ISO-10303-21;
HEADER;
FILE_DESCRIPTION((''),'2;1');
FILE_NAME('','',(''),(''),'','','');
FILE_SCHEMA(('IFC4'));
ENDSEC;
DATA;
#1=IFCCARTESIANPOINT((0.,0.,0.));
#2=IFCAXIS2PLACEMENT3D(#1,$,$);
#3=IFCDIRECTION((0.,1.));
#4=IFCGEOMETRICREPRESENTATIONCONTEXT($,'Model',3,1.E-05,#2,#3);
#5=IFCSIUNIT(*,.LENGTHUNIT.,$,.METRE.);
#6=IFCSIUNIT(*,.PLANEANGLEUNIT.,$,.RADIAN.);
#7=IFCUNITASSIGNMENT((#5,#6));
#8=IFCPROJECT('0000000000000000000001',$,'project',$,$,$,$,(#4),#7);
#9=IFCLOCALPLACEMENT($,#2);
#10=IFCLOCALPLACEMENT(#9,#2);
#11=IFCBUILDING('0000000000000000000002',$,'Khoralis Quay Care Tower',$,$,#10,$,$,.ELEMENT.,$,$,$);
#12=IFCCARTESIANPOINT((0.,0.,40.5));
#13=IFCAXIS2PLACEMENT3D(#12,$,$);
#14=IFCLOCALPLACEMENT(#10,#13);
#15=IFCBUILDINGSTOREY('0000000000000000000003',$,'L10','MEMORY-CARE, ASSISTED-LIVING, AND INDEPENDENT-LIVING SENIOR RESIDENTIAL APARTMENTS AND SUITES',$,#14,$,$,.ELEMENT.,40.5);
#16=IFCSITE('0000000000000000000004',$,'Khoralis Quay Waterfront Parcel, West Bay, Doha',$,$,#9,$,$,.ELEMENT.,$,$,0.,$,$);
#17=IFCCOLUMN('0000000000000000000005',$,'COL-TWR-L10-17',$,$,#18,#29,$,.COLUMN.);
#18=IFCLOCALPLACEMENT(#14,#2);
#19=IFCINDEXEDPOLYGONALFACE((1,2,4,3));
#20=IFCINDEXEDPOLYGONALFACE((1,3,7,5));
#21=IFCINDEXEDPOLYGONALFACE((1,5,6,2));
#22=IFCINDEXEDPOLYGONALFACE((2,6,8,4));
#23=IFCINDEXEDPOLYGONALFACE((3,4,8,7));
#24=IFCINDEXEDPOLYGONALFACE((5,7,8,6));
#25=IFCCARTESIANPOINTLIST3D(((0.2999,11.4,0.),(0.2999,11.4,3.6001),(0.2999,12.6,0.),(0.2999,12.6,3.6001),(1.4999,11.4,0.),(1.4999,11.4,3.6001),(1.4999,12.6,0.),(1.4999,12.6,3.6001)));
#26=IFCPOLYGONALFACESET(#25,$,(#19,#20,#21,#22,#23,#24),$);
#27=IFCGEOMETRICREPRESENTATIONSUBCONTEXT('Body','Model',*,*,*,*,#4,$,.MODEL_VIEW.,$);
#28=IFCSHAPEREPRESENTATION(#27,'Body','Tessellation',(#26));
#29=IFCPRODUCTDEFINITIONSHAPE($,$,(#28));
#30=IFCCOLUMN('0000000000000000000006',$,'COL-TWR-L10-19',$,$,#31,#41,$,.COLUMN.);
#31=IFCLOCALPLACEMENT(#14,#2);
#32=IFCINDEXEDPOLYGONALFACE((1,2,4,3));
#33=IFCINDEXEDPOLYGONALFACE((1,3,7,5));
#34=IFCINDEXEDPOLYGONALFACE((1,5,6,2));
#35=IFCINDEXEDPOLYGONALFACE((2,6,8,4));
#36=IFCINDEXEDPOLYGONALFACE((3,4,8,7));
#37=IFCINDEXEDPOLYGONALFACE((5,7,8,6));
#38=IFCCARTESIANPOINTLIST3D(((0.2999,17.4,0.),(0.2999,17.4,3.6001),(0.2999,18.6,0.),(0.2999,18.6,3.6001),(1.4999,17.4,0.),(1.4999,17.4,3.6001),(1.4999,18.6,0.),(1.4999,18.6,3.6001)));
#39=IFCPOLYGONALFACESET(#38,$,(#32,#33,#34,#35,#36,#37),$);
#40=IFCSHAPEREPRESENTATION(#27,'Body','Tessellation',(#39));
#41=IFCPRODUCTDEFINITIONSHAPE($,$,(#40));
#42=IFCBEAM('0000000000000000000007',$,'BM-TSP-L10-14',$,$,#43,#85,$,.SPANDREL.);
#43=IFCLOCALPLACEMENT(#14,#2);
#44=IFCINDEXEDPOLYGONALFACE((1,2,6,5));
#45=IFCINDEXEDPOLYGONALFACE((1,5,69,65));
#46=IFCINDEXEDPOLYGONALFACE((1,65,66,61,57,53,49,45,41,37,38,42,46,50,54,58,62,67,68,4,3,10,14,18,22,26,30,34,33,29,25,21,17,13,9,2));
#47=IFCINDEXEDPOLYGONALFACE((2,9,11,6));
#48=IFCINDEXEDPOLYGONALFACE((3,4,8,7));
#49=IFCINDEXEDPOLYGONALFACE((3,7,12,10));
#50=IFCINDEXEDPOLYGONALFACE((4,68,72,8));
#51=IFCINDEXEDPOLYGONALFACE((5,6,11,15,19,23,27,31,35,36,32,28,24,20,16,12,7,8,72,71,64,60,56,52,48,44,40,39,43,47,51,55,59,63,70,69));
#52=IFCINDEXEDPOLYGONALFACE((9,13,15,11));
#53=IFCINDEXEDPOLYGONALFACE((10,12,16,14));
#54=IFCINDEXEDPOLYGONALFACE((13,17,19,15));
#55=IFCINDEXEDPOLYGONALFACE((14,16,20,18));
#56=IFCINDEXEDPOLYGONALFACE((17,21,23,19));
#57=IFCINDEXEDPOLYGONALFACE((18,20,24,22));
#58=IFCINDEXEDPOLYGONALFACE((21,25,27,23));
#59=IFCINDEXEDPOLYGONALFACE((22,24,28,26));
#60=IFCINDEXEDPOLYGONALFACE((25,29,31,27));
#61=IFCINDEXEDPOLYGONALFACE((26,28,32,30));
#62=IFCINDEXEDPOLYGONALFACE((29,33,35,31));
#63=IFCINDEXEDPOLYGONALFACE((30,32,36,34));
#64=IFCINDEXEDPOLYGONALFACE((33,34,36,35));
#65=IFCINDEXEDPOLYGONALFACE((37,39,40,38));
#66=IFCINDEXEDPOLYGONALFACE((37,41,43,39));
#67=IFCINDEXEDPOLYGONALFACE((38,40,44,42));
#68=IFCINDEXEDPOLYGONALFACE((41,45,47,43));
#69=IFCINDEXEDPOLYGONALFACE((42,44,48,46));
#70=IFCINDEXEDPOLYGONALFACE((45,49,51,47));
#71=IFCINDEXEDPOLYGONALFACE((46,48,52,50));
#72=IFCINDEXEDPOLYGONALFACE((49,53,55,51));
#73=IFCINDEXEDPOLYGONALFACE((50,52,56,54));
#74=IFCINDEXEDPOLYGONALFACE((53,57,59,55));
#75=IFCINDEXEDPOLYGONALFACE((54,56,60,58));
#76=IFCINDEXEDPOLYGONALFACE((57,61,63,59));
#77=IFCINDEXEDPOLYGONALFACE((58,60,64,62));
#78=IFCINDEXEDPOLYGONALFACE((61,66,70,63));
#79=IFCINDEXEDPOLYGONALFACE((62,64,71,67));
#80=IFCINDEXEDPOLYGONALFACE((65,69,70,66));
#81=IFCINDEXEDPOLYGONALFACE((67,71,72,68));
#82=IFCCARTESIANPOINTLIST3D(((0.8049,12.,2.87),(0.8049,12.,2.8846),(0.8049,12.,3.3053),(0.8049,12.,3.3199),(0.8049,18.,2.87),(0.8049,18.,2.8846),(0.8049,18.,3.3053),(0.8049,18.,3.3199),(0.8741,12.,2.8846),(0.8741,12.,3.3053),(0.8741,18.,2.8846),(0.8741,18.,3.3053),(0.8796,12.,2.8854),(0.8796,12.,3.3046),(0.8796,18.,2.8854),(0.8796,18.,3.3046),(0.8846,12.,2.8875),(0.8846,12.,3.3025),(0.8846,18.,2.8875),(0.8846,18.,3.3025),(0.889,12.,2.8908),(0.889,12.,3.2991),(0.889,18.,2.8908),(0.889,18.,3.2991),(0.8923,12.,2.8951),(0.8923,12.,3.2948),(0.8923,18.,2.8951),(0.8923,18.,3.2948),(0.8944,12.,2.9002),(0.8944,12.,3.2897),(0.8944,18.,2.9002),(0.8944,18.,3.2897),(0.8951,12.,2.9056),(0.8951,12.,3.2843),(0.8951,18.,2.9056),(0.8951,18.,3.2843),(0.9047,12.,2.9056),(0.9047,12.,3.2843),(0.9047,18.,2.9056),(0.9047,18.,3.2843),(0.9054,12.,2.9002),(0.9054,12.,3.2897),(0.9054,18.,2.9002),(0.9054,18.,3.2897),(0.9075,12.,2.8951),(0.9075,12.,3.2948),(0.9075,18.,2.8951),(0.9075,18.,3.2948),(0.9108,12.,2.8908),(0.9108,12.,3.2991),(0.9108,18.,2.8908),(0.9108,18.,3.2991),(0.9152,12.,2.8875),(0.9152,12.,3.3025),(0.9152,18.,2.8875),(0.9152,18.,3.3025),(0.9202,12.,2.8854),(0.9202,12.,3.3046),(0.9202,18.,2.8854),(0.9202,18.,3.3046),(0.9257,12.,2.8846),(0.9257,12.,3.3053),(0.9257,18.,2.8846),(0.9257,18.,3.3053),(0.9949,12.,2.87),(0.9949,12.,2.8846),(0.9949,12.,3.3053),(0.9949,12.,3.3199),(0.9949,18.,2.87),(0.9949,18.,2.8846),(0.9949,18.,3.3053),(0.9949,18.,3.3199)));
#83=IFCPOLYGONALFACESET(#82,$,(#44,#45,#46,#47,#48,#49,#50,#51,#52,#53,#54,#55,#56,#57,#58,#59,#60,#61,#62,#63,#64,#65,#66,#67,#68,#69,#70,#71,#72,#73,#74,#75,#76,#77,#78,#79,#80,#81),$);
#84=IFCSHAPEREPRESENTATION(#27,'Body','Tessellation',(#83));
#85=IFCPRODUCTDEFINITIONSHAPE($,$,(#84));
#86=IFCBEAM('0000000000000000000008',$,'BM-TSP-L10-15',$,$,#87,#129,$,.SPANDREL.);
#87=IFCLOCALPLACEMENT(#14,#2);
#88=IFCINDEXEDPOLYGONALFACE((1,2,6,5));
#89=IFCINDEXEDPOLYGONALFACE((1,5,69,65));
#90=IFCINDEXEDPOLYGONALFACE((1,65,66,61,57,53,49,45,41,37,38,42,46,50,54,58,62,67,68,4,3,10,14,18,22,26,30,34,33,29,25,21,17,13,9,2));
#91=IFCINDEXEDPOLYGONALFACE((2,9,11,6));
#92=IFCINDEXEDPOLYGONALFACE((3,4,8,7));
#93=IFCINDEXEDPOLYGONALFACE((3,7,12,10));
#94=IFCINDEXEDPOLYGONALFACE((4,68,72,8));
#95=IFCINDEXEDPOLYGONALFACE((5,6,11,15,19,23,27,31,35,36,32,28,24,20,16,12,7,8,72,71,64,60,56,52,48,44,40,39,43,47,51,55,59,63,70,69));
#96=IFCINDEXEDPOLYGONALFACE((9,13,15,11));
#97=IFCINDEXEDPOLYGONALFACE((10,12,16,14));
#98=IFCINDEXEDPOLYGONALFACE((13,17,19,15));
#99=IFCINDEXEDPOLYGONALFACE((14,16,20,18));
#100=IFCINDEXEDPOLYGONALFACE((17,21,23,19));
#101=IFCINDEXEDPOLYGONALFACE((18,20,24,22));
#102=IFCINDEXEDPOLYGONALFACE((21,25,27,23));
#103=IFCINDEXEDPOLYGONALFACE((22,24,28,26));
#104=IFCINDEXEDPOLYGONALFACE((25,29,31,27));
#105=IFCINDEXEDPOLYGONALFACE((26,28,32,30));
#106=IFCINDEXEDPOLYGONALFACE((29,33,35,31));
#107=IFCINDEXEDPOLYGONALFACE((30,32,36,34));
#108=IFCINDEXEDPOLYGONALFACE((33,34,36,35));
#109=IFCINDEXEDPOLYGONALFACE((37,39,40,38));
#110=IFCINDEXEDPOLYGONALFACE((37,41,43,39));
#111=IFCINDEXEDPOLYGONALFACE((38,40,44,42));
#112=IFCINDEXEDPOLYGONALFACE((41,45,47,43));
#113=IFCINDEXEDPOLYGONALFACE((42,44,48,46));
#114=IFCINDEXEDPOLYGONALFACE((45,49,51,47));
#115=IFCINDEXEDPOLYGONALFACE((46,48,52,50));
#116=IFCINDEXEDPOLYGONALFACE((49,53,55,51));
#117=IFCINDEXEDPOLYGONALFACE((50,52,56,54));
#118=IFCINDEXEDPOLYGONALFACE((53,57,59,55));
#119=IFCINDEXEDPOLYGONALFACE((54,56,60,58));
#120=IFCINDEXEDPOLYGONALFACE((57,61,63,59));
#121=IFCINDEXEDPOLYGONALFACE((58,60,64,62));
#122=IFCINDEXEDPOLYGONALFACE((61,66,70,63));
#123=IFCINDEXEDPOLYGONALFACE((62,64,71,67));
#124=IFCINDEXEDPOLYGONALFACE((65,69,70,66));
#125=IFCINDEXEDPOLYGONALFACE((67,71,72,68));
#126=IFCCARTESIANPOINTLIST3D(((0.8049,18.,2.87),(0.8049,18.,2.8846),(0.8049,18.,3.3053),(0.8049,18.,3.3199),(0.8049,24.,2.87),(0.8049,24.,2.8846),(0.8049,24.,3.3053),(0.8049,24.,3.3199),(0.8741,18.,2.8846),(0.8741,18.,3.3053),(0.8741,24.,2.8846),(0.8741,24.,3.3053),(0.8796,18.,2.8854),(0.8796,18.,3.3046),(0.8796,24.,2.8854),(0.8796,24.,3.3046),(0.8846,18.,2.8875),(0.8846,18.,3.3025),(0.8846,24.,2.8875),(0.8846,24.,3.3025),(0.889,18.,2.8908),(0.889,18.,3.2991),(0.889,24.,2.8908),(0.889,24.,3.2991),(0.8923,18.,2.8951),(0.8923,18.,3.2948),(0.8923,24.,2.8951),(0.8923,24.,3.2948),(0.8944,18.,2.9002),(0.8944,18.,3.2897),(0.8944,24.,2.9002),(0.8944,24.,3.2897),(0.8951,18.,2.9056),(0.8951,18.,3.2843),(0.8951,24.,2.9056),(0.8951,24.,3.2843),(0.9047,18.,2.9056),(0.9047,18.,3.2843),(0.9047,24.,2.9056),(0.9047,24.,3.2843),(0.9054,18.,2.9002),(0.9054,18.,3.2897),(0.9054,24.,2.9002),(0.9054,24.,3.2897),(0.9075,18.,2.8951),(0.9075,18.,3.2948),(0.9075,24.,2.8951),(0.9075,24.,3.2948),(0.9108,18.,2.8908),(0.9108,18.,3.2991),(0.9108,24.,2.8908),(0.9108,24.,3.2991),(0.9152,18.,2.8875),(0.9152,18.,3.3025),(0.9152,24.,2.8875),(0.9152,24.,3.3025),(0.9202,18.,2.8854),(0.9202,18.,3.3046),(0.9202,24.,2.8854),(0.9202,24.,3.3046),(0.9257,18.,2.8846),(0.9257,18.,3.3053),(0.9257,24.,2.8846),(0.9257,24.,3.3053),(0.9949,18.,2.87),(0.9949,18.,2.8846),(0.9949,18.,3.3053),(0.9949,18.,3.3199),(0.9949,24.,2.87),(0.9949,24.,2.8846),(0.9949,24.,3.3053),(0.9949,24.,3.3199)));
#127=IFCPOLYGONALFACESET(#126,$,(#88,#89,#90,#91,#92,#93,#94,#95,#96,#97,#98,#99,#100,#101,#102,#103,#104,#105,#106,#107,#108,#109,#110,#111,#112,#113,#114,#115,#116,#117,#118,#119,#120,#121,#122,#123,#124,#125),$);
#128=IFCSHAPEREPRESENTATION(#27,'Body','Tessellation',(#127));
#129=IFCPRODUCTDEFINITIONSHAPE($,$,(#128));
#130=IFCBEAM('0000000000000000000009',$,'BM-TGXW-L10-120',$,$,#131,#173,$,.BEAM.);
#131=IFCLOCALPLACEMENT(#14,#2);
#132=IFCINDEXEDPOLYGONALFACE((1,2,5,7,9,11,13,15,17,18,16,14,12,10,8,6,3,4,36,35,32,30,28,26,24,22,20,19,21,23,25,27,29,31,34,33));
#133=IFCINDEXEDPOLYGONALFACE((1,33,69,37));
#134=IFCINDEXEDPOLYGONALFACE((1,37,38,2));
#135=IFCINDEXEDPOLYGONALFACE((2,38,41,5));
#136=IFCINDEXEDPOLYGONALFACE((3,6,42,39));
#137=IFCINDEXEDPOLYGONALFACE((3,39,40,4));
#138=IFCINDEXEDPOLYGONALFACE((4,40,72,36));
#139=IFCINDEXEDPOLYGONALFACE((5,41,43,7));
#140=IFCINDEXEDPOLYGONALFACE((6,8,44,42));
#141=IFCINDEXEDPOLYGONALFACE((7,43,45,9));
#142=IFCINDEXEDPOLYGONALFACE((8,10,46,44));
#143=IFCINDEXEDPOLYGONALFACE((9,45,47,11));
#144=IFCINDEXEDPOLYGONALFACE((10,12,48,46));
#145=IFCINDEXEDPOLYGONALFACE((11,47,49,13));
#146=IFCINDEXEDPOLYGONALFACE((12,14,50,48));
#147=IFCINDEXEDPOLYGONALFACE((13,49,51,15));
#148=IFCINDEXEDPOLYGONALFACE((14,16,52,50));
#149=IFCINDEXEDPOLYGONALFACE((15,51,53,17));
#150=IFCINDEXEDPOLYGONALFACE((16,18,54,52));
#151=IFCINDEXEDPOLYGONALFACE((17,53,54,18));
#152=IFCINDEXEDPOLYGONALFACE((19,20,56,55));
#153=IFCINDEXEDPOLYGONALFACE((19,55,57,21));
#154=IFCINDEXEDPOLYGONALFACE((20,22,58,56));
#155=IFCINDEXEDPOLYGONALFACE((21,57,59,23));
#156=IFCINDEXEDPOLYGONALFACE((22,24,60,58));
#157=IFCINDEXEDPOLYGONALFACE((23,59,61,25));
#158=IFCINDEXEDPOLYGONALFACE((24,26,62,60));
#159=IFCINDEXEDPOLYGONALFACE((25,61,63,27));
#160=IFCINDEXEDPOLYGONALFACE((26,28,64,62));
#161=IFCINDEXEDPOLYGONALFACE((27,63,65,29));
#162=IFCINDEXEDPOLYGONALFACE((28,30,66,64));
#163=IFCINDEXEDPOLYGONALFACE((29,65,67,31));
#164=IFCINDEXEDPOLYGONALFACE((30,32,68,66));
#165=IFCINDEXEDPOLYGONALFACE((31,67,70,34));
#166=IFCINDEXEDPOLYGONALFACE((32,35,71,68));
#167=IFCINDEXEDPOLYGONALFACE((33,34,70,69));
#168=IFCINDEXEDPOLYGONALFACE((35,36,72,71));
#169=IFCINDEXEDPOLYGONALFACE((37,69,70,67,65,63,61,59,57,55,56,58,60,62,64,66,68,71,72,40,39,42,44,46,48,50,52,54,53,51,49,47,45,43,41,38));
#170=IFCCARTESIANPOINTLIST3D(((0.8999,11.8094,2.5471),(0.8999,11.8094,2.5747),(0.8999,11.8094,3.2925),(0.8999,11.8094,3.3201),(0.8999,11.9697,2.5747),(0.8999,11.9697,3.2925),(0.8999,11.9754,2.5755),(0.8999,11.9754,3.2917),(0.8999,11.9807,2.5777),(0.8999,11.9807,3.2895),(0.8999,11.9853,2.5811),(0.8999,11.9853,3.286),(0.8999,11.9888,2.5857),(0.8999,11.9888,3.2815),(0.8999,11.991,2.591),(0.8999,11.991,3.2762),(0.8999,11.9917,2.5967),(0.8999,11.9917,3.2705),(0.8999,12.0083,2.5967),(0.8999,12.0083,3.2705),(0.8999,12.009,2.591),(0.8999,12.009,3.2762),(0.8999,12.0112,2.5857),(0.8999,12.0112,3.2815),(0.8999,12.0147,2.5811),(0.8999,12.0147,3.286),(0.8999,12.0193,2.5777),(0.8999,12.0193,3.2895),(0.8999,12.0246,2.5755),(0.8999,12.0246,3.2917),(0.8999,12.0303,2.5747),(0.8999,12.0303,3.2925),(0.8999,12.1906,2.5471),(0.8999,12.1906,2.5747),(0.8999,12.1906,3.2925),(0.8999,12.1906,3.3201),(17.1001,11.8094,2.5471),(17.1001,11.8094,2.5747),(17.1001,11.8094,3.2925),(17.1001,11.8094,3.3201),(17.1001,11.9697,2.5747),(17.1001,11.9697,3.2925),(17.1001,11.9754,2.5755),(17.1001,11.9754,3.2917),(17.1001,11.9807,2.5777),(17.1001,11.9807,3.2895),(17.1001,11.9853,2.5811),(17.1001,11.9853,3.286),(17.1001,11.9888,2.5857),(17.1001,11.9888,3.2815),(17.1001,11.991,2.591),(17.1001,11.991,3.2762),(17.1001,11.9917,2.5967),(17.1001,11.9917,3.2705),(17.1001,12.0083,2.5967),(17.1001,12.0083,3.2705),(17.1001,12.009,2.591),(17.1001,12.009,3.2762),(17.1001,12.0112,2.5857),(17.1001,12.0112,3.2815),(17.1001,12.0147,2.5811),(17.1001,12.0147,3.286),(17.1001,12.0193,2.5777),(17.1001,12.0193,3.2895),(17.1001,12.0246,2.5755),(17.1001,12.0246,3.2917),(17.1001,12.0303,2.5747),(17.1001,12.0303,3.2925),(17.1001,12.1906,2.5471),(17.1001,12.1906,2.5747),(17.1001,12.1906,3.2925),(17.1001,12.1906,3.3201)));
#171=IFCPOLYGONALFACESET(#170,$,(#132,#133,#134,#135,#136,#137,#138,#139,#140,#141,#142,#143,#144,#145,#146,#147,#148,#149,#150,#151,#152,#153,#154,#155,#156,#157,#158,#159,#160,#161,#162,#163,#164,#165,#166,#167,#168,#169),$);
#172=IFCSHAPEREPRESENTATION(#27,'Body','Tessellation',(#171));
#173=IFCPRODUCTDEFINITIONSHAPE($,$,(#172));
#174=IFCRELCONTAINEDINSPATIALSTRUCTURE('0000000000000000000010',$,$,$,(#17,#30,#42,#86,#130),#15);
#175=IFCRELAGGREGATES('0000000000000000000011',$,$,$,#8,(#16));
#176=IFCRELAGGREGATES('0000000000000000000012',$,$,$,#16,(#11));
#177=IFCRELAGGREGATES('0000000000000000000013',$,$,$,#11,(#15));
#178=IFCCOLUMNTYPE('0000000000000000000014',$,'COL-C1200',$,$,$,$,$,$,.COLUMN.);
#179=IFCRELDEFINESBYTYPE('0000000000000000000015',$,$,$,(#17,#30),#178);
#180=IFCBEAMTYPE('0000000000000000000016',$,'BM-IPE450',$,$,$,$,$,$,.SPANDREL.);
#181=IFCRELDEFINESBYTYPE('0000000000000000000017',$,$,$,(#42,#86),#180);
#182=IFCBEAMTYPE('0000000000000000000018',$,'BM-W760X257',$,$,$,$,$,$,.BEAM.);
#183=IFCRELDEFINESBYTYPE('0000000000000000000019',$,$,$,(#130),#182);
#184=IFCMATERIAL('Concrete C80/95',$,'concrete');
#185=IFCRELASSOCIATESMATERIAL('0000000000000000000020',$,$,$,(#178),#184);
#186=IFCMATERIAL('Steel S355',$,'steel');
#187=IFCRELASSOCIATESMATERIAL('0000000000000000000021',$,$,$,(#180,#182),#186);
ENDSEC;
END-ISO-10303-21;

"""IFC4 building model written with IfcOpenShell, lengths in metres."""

from ifc_helpers import new_model, si_unit, direction, frame, origin, origin_2d, place, context, subcontext, project, spatial, rectangle, i_section, extrude, source, transform, mapped, material, material_profile, profile_set, type_object, element, save


model = new_model("IFC4")

# Units and contexts
model_context = context("Model", 3, precision=1e-05, world=origin(), true_north=direction((0.0, 1.0)))
body_context = subcontext(model_context, "Body", "Model", "MODEL_VIEW")
ifc_project = project(units=[si_unit("LENGTHUNIT", "METRE"), si_unit("PLANEANGLEUNIT", "RADIAN")], contexts=[model_context])

# Site, building, storey
site_placement = place(None, origin())
site = spatial("IfcSite", under=ifc_project, at=site_placement, Name="Khoralis Quay Waterfront Parcel, West Bay, Doha", CompositionType="ELEMENT", RefElevation=0.0)
building_placement = place(site_placement, origin())
building = spatial("IfcBuilding", under=site, at=building_placement, Name="Khoralis Quay Care Tower", CompositionType="ELEMENT")
storey_placement = place(building_placement, frame((0.0, 0.0, 40.5)))
storey = spatial("IfcBuildingStorey", under=building, at=storey_placement, Name="L10", Description="MEMORY-CARE, ASSISTED-LIVING, AND INDEPENDENT-LIVING SENIOR RESIDENTIAL APARTMENTS AND SUITES", CompositionType="ELEMENT", Elevation=40.5)

# Columns
ifc_material_1 = material(Name="Concrete C80/95", Category="concrete")
ifc_material_profile_1 = material_profile(ifc_material_1, rectangle(XDim=1.2, YDim=1.2, at=origin_2d()), Name="Concrete C80/95")
ifc_profile_set_1 = profile_set([ifc_material_profile_1], Name="Concrete C80/95")
column_type = type_object("IfcColumnType", Name="COL-C1200", PredefinedType="COLUMN", material=ifc_profile_set_1)
shared_shape_1 = source(origin(), body_context, "Body", "SweptSolid", [
    extrude(rectangle(XDim=1.2, YDim=1.2, at=origin_2d()), origin(), (0.0, 0.0, 1.0), 3.6001),
])
for number, where, z_axis, x_axis, name in (
    (1, (0.8999, 12.0, 0.0), (0.0, 0.0, 1.0), (1.0, 0.0, 0.0), "COL-TWR-L10-17"),
    (2, (0.8999, 18.0, 0.0), (0.0, 0.0, 1.0), (1.0, 0.0, 0.0), "COL-TWR-L10-19"),
):
    element("IfcColumn", number, at=place(storey_placement, frame(where, z_axis=z_axis, x_axis=x_axis)), inside=storey, type_object=column_type, Name=name, PredefinedType="COLUMN", context=body_context, shape_type="MappedRepresentation", body=[
        mapped(shared_shape_1, transform((0.0, 0.0, 0.0), scale=1.0)),
    ])

# Beams
ifc_material_2 = material(Name="Steel S355", Category="steel")
ifc_material_profile_2 = material_profile(ifc_material_2, i_section(OverallWidth=0.1899, OverallDepth=0.45, WebThickness=0.0095, FlangeThickness=0.0146, FilletRadius=0.021, at=origin_2d()), Name="Steel S355")
ifc_profile_set_2 = profile_set([ifc_material_profile_2], Name="Steel S355")
beam_type_1 = type_object("IfcBeamType", Name="BM-IPE450", PredefinedType="SPANDREL", material=ifc_profile_set_2)
shared_shape_2 = source(origin(), body_context, "Body", "SweptSolid", [
    extrude(i_section(OverallWidth=0.1899, OverallDepth=0.45, WebThickness=0.0095, FlangeThickness=0.0146, FilletRadius=0.021, at=origin_2d()), origin(), (0.0, 0.0, 1.0), 6.0),
])
for number, where, z_axis, x_axis, name in (
    (3, (0.8999, 12.0, 3.095), (0.0, 1.0, 0.0), (-1.0, 0.0, 0.0), "BM-TSP-L10-14"),
    (4, (0.8999, 18.0, 3.095), (0.0, 1.0, 0.0), (-1.0, 0.0, 0.0), "BM-TSP-L10-15"),
):
    element("IfcBeam", number, at=place(storey_placement, frame(where, z_axis=z_axis, x_axis=x_axis)), inside=storey, type_object=beam_type_1, Name=name, PredefinedType="SPANDREL", context=body_context, shape_type="MappedRepresentation", body=[
        mapped(shared_shape_2, transform((0.0, 0.0, 0.0), scale=1.0)),
    ])
ifc_material_profile_3 = material_profile(ifc_material_2, i_section(OverallWidth=0.3811, OverallDepth=0.7729, WebThickness=0.0166, FlangeThickness=0.0276, FilletRadius=0.022, at=origin_2d()), Name="Steel S355")
ifc_profile_set_3 = profile_set([ifc_material_profile_3], Name="Steel S355")
beam_type_2 = type_object("IfcBeamType", Name="BM-W760X257", PredefinedType="BEAM", material=ifc_profile_set_3)
shared_shape_3 = source(origin(), body_context, "Body", "SweptSolid", [
    extrude(i_section(OverallWidth=0.3811, OverallDepth=0.7729, WebThickness=0.0166, FlangeThickness=0.0276, FilletRadius=0.022, at=origin_2d()), origin(), (0.0, 0.0, 1.0), 16.2002),
])
beam_1_placement = place(storey_placement, frame((0.8999, 12.0, 2.9336), z_axis=(1.0, 0.0, 0.0), x_axis=(0.0, 1.0, 0.0)))
element("IfcBeam", 5, at=beam_1_placement, inside=storey, type_object=beam_type_2, Name="BM-TGXW-L10-120", PredefinedType="BEAM", context=body_context, shape_type="MappedRepresentation", body=[
    mapped(shared_shape_3, transform((0.0, 0.0, 0.0), scale=1.0)),
])

save(model, "model.ifc")
